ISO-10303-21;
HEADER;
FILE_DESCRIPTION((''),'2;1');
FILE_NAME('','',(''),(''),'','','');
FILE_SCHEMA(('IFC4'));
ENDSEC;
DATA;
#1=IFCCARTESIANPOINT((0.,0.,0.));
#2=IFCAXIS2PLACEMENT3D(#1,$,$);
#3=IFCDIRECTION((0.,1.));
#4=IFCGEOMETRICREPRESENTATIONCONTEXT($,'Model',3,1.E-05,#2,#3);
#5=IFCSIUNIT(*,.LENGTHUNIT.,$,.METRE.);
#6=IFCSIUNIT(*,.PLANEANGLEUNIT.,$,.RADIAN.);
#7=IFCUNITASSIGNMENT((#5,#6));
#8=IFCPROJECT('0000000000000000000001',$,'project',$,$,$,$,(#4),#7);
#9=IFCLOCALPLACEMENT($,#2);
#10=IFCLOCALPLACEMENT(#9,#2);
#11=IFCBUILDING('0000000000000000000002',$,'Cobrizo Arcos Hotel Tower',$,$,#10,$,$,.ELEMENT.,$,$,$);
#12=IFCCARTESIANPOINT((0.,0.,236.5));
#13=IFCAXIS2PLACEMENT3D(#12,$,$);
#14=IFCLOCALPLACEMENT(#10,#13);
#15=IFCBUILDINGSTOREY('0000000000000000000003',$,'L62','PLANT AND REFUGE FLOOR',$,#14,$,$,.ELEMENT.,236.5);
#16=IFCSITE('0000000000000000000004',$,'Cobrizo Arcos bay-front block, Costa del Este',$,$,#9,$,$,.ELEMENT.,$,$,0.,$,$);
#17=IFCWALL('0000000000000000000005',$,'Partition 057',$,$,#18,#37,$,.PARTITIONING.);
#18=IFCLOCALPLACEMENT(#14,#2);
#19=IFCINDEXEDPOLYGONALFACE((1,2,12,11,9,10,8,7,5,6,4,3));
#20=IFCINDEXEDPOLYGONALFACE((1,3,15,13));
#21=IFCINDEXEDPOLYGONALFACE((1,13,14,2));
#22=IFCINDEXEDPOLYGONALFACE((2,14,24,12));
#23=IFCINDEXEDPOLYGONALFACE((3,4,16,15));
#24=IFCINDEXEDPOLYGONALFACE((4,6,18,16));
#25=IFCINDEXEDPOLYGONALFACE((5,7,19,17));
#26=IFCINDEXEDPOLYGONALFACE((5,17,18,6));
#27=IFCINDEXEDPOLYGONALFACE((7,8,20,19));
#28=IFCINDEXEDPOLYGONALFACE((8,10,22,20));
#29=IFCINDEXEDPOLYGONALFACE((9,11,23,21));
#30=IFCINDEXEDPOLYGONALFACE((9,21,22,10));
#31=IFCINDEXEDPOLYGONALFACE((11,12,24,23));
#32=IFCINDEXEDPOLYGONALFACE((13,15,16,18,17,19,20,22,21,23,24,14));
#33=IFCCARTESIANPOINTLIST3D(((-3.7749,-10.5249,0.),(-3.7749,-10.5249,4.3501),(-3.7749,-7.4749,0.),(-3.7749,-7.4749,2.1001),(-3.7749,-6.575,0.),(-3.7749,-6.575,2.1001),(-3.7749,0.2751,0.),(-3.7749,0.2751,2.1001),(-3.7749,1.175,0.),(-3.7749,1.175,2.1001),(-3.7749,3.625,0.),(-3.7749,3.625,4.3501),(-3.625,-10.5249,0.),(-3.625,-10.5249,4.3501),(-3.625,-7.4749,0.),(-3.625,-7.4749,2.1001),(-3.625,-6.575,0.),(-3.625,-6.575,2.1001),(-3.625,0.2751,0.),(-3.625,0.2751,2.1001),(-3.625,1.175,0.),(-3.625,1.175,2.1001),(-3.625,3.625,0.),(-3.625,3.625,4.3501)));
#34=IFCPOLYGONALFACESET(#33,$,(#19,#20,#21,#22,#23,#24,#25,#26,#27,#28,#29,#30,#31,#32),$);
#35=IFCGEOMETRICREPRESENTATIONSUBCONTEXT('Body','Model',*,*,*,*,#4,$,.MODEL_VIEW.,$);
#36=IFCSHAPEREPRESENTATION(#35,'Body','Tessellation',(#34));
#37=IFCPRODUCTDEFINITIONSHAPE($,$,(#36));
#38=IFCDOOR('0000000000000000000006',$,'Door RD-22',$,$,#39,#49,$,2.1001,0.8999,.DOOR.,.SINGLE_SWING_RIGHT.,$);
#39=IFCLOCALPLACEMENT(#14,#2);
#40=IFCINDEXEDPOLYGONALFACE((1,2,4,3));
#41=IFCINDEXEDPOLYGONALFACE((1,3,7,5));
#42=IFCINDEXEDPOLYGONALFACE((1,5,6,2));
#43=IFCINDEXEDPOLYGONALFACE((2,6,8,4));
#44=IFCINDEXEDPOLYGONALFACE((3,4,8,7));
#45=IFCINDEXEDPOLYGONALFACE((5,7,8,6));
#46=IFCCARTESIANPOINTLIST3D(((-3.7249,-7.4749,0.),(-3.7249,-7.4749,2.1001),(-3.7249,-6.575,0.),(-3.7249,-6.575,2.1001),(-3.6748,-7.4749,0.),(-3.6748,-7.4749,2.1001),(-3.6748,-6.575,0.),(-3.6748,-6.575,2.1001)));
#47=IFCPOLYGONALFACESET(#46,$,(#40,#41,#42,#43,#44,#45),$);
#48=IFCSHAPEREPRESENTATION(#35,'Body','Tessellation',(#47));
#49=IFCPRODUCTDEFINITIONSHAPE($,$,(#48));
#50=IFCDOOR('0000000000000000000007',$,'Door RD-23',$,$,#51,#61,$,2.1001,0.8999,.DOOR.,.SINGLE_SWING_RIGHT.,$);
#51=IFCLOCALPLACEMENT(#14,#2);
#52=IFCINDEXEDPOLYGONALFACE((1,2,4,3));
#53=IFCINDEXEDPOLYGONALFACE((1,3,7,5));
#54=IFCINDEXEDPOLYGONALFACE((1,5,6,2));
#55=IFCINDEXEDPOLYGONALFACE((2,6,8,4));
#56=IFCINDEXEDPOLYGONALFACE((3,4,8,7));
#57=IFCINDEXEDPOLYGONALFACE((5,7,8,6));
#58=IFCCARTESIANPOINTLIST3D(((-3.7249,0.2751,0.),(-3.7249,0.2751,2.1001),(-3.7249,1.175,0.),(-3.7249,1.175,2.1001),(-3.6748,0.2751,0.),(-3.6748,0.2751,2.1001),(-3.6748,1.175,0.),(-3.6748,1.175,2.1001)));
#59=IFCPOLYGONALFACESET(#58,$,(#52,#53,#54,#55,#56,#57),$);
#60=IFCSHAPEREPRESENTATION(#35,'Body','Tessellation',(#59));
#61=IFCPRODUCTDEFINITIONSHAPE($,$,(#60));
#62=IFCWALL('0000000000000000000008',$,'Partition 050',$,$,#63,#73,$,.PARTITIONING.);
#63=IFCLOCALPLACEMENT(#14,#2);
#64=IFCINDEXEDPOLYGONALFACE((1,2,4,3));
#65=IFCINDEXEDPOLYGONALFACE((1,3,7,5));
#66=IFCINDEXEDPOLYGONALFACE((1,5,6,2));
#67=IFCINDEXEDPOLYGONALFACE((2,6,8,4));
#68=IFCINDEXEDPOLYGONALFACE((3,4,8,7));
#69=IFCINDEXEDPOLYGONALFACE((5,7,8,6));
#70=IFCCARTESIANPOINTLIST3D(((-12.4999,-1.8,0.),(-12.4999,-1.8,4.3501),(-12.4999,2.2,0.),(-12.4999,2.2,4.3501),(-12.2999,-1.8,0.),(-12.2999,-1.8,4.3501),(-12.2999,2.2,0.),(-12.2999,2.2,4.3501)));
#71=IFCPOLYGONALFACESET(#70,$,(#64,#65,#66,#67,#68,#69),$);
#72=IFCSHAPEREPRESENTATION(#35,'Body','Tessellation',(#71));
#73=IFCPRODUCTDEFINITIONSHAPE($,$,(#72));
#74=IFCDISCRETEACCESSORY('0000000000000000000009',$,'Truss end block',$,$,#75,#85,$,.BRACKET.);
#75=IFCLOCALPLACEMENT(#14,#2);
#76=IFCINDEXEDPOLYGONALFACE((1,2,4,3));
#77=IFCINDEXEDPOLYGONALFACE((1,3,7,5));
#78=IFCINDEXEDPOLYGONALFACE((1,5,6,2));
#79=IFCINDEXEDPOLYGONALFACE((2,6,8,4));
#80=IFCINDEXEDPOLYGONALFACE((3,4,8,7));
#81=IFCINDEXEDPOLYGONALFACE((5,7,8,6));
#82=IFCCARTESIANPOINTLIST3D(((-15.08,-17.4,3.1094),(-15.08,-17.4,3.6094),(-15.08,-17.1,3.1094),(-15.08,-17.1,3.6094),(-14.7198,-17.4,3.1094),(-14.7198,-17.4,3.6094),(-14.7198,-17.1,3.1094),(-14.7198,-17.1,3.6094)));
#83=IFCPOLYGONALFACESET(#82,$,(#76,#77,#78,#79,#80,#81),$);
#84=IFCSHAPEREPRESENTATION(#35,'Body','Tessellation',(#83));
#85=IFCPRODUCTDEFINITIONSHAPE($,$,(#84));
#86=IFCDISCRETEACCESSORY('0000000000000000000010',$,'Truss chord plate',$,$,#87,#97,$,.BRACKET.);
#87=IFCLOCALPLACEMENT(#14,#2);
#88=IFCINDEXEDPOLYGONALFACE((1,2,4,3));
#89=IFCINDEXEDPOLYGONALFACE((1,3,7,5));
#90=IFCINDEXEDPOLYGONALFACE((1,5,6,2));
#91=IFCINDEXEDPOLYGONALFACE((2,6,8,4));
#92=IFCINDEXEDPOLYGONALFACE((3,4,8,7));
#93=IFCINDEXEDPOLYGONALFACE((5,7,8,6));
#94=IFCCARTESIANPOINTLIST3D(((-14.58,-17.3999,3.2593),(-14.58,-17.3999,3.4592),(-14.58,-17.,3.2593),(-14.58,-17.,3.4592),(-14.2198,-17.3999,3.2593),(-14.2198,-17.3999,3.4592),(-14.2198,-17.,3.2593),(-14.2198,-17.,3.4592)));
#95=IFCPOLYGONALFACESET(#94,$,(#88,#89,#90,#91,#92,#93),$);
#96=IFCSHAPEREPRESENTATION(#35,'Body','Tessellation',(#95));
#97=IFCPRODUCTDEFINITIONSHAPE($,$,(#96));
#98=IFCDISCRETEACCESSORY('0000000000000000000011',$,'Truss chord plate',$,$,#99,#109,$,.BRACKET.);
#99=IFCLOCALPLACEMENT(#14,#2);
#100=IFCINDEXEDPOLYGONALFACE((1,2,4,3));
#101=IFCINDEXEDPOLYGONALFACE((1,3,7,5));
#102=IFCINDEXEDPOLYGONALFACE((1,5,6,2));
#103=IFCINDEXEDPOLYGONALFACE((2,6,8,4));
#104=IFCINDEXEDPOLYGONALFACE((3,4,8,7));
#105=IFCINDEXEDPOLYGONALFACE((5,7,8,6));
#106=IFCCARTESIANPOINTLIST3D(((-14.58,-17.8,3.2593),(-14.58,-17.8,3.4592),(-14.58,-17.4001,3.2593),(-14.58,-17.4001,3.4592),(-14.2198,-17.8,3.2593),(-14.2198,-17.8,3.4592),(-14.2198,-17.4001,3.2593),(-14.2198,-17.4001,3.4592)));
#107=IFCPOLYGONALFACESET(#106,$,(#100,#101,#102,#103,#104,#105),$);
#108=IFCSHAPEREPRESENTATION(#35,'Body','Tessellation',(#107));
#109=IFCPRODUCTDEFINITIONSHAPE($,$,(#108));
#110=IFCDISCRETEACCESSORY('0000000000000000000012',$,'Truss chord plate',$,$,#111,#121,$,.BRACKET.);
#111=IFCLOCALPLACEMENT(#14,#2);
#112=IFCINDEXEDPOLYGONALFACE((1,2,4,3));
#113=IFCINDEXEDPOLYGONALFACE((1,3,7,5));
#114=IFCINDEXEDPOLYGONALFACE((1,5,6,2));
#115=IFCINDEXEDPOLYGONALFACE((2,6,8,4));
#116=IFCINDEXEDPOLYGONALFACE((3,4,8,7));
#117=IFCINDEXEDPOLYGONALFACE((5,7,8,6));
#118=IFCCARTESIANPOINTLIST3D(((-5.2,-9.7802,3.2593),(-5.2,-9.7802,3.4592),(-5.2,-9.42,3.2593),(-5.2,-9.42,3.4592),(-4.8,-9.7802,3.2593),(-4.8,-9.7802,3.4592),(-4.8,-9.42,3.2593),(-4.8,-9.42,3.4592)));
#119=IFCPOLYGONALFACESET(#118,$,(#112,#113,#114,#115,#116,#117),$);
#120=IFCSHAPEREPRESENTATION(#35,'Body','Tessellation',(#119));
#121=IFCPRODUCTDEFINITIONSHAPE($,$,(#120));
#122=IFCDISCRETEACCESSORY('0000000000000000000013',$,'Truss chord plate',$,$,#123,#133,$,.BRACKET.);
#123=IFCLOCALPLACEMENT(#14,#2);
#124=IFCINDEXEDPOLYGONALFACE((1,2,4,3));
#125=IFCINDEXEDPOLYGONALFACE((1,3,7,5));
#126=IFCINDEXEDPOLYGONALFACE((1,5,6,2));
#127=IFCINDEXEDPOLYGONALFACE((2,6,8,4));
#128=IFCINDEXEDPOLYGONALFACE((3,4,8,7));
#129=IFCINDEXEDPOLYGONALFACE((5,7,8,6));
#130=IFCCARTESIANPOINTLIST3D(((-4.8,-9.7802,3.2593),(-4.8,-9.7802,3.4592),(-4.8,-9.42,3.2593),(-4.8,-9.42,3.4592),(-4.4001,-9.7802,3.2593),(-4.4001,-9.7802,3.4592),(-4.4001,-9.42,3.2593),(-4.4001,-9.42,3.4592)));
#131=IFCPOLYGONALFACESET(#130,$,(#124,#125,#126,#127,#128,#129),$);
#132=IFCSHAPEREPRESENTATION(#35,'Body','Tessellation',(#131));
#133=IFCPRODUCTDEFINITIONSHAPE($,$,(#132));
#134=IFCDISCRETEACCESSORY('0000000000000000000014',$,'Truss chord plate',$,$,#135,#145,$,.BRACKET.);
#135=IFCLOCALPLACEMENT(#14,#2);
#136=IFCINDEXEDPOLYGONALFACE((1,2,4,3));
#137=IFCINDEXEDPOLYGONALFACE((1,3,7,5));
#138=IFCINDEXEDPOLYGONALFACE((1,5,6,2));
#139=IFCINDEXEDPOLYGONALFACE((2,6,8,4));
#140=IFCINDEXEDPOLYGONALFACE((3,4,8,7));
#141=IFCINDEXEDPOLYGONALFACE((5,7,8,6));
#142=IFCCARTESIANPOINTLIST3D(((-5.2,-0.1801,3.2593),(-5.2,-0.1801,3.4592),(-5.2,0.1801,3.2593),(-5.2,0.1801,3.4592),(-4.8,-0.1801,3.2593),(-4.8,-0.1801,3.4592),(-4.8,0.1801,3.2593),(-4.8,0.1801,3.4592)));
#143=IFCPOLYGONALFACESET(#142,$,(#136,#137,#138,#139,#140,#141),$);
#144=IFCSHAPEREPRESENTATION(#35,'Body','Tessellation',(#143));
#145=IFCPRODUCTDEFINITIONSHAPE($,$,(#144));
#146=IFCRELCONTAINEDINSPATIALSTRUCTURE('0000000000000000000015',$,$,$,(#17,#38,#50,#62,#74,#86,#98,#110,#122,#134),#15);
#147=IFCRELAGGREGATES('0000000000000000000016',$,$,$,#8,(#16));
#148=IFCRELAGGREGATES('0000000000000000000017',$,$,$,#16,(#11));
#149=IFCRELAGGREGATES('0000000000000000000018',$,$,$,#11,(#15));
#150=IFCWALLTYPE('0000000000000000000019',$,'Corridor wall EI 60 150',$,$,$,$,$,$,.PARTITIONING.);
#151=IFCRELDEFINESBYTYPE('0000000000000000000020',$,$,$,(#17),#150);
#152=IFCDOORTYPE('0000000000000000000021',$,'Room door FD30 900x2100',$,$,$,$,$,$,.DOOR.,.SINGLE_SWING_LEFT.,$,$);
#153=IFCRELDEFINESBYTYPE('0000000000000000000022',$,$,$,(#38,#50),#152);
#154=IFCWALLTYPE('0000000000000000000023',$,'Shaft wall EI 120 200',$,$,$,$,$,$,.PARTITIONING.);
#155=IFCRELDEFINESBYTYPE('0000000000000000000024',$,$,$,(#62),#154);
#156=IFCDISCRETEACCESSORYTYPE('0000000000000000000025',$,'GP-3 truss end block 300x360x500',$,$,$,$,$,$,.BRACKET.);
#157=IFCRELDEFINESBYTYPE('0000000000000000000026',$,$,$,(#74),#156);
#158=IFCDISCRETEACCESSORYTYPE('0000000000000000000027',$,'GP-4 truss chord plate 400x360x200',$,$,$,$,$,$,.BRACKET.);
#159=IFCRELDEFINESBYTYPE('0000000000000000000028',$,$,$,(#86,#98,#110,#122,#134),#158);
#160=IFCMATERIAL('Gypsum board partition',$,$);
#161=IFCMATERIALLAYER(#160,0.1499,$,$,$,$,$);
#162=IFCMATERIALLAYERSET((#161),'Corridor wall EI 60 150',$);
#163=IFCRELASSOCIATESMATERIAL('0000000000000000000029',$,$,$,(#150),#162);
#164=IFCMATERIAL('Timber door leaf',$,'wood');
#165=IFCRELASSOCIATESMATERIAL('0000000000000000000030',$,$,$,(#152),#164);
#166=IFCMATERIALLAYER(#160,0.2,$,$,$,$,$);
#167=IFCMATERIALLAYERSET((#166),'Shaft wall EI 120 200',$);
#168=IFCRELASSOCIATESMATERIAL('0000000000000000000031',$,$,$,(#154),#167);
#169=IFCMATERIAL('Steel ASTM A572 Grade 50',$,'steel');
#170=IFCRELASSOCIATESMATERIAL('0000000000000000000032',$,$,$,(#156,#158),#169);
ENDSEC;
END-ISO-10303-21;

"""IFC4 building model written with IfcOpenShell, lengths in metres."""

from ifc_helpers import new_model, si_unit, direction, frame, frame_2d, origin, origin_2d, place, context, subcontext, project, spatial, rectangle, extrude, material, layer, layer_set, type_object, element, fill, save


model = new_model("IFC4")

# Units and contexts
model_context = context("Model", 3, precision=1e-05, world=origin(), true_north=direction((0.0, 1.0)))
body_context = subcontext(model_context, "Body", "Model", "MODEL_VIEW")
ifc_project = project(units=[si_unit("LENGTHUNIT", "METRE"), si_unit("PLANEANGLEUNIT", "RADIAN")], contexts=[model_context])

# Site, building, storey
site_placement = place(None, origin())
site = spatial("IfcSite", under=ifc_project, at=site_placement, Name="Cobrizo Arcos bay-front block, Costa del Este", CompositionType="ELEMENT", RefElevation=0.0)
building_placement = place(site_placement, origin())
building = spatial("IfcBuilding", under=site, at=building_placement, Name="Cobrizo Arcos Hotel Tower", CompositionType="ELEMENT")
storey_placement = place(building_placement, frame((0.0, 0.0, 236.5)))
storey = spatial("IfcBuildingStorey", under=building, at=storey_placement, Name="L62", Description="PLANT AND REFUGE FLOOR", CompositionType="ELEMENT", Elevation=236.5)

# Shared definitions
ifc_material_1 = material(Name="Gypsum board partition")
ifc_layer_1 = layer(ifc_material_1, 0.1499)
ifc_layer_set_1 = layer_set([ifc_layer_1], Name="Corridor wall EI 60 150")
wall_type_1 = type_object("IfcWallType", Name="Corridor wall EI 60 150", PredefinedType="PARTITIONING", material=ifc_layer_set_1)

# Shared definitions
ifc_material_2 = material(Name="Timber door leaf", Category="wood")
door_type = type_object("IfcDoorType", Name="Room door FD30 900x2100", OperationType="SINGLE_SWING_LEFT", PredefinedType="DOOR", material=ifc_material_2)

# Wall, openings, doors
wall_1_placement = place(storey_placement, frame((-3.7, -10.5249, 0.0), z_axis=(0.0, 0.0, 1.0), x_axis=(0.0, 1.0, 0.0)))
wall_1 = element("IfcWall", 1, at=wall_1_placement, inside=storey, type_object=wall_type_1, Name="Partition 057", PredefinedType="PARTITIONING", context=body_context, shape_type="SweptSolid", body=[
    extrude(rectangle(XDim=14.1499, YDim=0.1499, at=frame_2d((7.075, 0.0))), origin(), (0.0, 0.0, 1.0), 4.3501),
])
opening_1_placement = place(wall_1_placement, frame((3.05, 0.0, 0.0)))
opening_1 = element("IfcOpeningElement", 2, at=opening_1_placement, cuts=wall_1, PredefinedType="OPENING", context=body_context, shape_type="SweptSolid", body=[
    extrude(rectangle(XDim=0.8999, YDim=2.1001, at=frame_2d((0.45, 1.05))), frame((0.0, 0.0869, 0.0), z_axis=(0.0, -1.0, 0.0), x_axis=(1.0, 0.0, 0.0)), (0.0, 0.0, 1.0), 0.1738),
])
opening_2_placement = place(wall_1_placement, frame((10.8, 0.0, 0.0)))
opening_2 = element("IfcOpeningElement", 3, at=opening_2_placement, cuts=wall_1, PredefinedType="OPENING", context=body_context, shape_type="SweptSolid", body=[
    extrude(rectangle(XDim=0.8999, YDim=2.1001, at=frame_2d((0.45, 1.05))), frame((0.0, 0.0869, 0.0), z_axis=(0.0, -1.0, 0.0), x_axis=(1.0, 0.0, 0.0)), (0.0, 0.0, 1.0), 0.1738),
])
door_1_placement = place(opening_1_placement, origin())
door_1 = element("IfcDoor", 4, at=door_1_placement, inside=storey, type_object=door_type, Name="Door RD-22", OperationType="SINGLE_SWING_RIGHT", OverallHeight=2.1001, OverallWidth=0.8999, PredefinedType="DOOR", context=body_context, shape_type="SweptSolid", body=[
    extrude(rectangle(XDim=0.8999, YDim=2.1001, at=frame_2d((0.45, 1.05))), frame((0.0, 0.0249, 0.0), z_axis=(0.0, -1.0, 0.0), x_axis=(1.0, 0.0, 0.0)), (0.0, 0.0, 1.0), 0.05),
])
fill(opening_1, door_1)
door_2_placement = place(opening_2_placement, origin())
door_2 = element("IfcDoor", 5, at=door_2_placement, inside=storey, type_object=door_type, Name="Door RD-23", OperationType="SINGLE_SWING_RIGHT", OverallHeight=2.1001, OverallWidth=0.8999, PredefinedType="DOOR", context=body_context, shape_type="SweptSolid", body=[
    extrude(rectangle(XDim=0.8999, YDim=2.1001, at=frame_2d((0.45, 1.05))), frame((0.0, 0.0249, 0.0), z_axis=(0.0, -1.0, 0.0), x_axis=(1.0, 0.0, 0.0)), (0.0, 0.0, 1.0), 0.05),
])
fill(opening_2, door_2)

# Wall
ifc_layer_2 = layer(ifc_material_1, 0.2)
ifc_layer_set_2 = layer_set([ifc_layer_2], Name="Shaft wall EI 120 200")
wall_type_2 = type_object("IfcWallType", Name="Shaft wall EI 120 200", PredefinedType="PARTITIONING", material=ifc_layer_set_2)
wall_2_placement = place(storey_placement, frame((-12.3999, -1.8, 0.0), z_axis=(0.0, 0.0, 1.0), x_axis=(0.0, 1.0, 0.0)))
element("IfcWall", 6, at=wall_2_placement, inside=storey, type_object=wall_type_2, Name="Partition 050", PredefinedType="PARTITIONING", context=body_context, shape_type="SweptSolid", body=[
    extrude(rectangle(XDim=4.0, YDim=0.2, at=frame_2d((2.0, 0.0))), origin(), (0.0, 0.0, 1.0), 4.3501),
])

# Discrete accessories
ifc_material_3 = material(Name="Steel ASTM A572 Grade 50", Category="steel")
discrete_accessory_type_1 = type_object("IfcDiscreteAccessoryType", Name="GP-3 truss end block 300x360x500", PredefinedType="BRACKET", material=ifc_material_3)
discrete_accessory_placement = place(storey_placement, frame((-14.8999, -17.25, 3.1094), z_axis=(0.0, 0.0, 1.0), x_axis=(0.0, 1.0, 0.0)))
element("IfcDiscreteAccessory", 7, at=discrete_accessory_placement, inside=storey, type_object=discrete_accessory_type_1, Name="Truss end block", PredefinedType="BRACKET", context=body_context, shape_type="SweptSolid", body=[
    extrude(rectangle(XDim=0.3, YDim=0.3601, at=origin_2d()), origin(), (0.0, 0.0, 1.0), 0.5),
])
discrete_accessory_type_2 = type_object("IfcDiscreteAccessoryType", Name="GP-4 truss chord plate 400x360x200", PredefinedType="BRACKET", material=ifc_material_3)
for number, where, z_axis, x_axis, name in (
    (8, (-14.3999, -17.2, 3.2593), (0.0, 0.0, 1.0), (0.0, -1.0, 0.0), "Truss chord plate"),
    (9, (-14.3999, -17.6001, 3.2593), (0.0, 0.0, 1.0), (0.0, -1.0, 0.0), "Truss chord plate"),
    (10, (-5.0, -9.6001, 3.2593), (0.0, 0.0, 1.0), (1.0, 0.0, 0.0), "Truss chord plate"),
    (11, (-4.6001, -9.6001, 3.2593), (0.0, 0.0, 1.0), (1.0, 0.0, 0.0), "Truss chord plate"),
    (12, (-5.0, 0.0, 3.2593), (0.0, 0.0, 1.0), (1.0, 0.0, 0.0), "Truss chord plate"),
):
    element("IfcDiscreteAccessory", number, at=place(storey_placement, frame(where, z_axis=z_axis, x_axis=x_axis)), inside=storey, type_object=discrete_accessory_type_2, Name=name, PredefinedType="BRACKET", context=body_context, shape_type="SweptSolid", body=[
        extrude(rectangle(XDim=0.3999, YDim=0.3601, at=origin_2d()), origin(), (0.0, 0.0, 1.0), 0.2),
    ])

save(model, "model.ifc")
